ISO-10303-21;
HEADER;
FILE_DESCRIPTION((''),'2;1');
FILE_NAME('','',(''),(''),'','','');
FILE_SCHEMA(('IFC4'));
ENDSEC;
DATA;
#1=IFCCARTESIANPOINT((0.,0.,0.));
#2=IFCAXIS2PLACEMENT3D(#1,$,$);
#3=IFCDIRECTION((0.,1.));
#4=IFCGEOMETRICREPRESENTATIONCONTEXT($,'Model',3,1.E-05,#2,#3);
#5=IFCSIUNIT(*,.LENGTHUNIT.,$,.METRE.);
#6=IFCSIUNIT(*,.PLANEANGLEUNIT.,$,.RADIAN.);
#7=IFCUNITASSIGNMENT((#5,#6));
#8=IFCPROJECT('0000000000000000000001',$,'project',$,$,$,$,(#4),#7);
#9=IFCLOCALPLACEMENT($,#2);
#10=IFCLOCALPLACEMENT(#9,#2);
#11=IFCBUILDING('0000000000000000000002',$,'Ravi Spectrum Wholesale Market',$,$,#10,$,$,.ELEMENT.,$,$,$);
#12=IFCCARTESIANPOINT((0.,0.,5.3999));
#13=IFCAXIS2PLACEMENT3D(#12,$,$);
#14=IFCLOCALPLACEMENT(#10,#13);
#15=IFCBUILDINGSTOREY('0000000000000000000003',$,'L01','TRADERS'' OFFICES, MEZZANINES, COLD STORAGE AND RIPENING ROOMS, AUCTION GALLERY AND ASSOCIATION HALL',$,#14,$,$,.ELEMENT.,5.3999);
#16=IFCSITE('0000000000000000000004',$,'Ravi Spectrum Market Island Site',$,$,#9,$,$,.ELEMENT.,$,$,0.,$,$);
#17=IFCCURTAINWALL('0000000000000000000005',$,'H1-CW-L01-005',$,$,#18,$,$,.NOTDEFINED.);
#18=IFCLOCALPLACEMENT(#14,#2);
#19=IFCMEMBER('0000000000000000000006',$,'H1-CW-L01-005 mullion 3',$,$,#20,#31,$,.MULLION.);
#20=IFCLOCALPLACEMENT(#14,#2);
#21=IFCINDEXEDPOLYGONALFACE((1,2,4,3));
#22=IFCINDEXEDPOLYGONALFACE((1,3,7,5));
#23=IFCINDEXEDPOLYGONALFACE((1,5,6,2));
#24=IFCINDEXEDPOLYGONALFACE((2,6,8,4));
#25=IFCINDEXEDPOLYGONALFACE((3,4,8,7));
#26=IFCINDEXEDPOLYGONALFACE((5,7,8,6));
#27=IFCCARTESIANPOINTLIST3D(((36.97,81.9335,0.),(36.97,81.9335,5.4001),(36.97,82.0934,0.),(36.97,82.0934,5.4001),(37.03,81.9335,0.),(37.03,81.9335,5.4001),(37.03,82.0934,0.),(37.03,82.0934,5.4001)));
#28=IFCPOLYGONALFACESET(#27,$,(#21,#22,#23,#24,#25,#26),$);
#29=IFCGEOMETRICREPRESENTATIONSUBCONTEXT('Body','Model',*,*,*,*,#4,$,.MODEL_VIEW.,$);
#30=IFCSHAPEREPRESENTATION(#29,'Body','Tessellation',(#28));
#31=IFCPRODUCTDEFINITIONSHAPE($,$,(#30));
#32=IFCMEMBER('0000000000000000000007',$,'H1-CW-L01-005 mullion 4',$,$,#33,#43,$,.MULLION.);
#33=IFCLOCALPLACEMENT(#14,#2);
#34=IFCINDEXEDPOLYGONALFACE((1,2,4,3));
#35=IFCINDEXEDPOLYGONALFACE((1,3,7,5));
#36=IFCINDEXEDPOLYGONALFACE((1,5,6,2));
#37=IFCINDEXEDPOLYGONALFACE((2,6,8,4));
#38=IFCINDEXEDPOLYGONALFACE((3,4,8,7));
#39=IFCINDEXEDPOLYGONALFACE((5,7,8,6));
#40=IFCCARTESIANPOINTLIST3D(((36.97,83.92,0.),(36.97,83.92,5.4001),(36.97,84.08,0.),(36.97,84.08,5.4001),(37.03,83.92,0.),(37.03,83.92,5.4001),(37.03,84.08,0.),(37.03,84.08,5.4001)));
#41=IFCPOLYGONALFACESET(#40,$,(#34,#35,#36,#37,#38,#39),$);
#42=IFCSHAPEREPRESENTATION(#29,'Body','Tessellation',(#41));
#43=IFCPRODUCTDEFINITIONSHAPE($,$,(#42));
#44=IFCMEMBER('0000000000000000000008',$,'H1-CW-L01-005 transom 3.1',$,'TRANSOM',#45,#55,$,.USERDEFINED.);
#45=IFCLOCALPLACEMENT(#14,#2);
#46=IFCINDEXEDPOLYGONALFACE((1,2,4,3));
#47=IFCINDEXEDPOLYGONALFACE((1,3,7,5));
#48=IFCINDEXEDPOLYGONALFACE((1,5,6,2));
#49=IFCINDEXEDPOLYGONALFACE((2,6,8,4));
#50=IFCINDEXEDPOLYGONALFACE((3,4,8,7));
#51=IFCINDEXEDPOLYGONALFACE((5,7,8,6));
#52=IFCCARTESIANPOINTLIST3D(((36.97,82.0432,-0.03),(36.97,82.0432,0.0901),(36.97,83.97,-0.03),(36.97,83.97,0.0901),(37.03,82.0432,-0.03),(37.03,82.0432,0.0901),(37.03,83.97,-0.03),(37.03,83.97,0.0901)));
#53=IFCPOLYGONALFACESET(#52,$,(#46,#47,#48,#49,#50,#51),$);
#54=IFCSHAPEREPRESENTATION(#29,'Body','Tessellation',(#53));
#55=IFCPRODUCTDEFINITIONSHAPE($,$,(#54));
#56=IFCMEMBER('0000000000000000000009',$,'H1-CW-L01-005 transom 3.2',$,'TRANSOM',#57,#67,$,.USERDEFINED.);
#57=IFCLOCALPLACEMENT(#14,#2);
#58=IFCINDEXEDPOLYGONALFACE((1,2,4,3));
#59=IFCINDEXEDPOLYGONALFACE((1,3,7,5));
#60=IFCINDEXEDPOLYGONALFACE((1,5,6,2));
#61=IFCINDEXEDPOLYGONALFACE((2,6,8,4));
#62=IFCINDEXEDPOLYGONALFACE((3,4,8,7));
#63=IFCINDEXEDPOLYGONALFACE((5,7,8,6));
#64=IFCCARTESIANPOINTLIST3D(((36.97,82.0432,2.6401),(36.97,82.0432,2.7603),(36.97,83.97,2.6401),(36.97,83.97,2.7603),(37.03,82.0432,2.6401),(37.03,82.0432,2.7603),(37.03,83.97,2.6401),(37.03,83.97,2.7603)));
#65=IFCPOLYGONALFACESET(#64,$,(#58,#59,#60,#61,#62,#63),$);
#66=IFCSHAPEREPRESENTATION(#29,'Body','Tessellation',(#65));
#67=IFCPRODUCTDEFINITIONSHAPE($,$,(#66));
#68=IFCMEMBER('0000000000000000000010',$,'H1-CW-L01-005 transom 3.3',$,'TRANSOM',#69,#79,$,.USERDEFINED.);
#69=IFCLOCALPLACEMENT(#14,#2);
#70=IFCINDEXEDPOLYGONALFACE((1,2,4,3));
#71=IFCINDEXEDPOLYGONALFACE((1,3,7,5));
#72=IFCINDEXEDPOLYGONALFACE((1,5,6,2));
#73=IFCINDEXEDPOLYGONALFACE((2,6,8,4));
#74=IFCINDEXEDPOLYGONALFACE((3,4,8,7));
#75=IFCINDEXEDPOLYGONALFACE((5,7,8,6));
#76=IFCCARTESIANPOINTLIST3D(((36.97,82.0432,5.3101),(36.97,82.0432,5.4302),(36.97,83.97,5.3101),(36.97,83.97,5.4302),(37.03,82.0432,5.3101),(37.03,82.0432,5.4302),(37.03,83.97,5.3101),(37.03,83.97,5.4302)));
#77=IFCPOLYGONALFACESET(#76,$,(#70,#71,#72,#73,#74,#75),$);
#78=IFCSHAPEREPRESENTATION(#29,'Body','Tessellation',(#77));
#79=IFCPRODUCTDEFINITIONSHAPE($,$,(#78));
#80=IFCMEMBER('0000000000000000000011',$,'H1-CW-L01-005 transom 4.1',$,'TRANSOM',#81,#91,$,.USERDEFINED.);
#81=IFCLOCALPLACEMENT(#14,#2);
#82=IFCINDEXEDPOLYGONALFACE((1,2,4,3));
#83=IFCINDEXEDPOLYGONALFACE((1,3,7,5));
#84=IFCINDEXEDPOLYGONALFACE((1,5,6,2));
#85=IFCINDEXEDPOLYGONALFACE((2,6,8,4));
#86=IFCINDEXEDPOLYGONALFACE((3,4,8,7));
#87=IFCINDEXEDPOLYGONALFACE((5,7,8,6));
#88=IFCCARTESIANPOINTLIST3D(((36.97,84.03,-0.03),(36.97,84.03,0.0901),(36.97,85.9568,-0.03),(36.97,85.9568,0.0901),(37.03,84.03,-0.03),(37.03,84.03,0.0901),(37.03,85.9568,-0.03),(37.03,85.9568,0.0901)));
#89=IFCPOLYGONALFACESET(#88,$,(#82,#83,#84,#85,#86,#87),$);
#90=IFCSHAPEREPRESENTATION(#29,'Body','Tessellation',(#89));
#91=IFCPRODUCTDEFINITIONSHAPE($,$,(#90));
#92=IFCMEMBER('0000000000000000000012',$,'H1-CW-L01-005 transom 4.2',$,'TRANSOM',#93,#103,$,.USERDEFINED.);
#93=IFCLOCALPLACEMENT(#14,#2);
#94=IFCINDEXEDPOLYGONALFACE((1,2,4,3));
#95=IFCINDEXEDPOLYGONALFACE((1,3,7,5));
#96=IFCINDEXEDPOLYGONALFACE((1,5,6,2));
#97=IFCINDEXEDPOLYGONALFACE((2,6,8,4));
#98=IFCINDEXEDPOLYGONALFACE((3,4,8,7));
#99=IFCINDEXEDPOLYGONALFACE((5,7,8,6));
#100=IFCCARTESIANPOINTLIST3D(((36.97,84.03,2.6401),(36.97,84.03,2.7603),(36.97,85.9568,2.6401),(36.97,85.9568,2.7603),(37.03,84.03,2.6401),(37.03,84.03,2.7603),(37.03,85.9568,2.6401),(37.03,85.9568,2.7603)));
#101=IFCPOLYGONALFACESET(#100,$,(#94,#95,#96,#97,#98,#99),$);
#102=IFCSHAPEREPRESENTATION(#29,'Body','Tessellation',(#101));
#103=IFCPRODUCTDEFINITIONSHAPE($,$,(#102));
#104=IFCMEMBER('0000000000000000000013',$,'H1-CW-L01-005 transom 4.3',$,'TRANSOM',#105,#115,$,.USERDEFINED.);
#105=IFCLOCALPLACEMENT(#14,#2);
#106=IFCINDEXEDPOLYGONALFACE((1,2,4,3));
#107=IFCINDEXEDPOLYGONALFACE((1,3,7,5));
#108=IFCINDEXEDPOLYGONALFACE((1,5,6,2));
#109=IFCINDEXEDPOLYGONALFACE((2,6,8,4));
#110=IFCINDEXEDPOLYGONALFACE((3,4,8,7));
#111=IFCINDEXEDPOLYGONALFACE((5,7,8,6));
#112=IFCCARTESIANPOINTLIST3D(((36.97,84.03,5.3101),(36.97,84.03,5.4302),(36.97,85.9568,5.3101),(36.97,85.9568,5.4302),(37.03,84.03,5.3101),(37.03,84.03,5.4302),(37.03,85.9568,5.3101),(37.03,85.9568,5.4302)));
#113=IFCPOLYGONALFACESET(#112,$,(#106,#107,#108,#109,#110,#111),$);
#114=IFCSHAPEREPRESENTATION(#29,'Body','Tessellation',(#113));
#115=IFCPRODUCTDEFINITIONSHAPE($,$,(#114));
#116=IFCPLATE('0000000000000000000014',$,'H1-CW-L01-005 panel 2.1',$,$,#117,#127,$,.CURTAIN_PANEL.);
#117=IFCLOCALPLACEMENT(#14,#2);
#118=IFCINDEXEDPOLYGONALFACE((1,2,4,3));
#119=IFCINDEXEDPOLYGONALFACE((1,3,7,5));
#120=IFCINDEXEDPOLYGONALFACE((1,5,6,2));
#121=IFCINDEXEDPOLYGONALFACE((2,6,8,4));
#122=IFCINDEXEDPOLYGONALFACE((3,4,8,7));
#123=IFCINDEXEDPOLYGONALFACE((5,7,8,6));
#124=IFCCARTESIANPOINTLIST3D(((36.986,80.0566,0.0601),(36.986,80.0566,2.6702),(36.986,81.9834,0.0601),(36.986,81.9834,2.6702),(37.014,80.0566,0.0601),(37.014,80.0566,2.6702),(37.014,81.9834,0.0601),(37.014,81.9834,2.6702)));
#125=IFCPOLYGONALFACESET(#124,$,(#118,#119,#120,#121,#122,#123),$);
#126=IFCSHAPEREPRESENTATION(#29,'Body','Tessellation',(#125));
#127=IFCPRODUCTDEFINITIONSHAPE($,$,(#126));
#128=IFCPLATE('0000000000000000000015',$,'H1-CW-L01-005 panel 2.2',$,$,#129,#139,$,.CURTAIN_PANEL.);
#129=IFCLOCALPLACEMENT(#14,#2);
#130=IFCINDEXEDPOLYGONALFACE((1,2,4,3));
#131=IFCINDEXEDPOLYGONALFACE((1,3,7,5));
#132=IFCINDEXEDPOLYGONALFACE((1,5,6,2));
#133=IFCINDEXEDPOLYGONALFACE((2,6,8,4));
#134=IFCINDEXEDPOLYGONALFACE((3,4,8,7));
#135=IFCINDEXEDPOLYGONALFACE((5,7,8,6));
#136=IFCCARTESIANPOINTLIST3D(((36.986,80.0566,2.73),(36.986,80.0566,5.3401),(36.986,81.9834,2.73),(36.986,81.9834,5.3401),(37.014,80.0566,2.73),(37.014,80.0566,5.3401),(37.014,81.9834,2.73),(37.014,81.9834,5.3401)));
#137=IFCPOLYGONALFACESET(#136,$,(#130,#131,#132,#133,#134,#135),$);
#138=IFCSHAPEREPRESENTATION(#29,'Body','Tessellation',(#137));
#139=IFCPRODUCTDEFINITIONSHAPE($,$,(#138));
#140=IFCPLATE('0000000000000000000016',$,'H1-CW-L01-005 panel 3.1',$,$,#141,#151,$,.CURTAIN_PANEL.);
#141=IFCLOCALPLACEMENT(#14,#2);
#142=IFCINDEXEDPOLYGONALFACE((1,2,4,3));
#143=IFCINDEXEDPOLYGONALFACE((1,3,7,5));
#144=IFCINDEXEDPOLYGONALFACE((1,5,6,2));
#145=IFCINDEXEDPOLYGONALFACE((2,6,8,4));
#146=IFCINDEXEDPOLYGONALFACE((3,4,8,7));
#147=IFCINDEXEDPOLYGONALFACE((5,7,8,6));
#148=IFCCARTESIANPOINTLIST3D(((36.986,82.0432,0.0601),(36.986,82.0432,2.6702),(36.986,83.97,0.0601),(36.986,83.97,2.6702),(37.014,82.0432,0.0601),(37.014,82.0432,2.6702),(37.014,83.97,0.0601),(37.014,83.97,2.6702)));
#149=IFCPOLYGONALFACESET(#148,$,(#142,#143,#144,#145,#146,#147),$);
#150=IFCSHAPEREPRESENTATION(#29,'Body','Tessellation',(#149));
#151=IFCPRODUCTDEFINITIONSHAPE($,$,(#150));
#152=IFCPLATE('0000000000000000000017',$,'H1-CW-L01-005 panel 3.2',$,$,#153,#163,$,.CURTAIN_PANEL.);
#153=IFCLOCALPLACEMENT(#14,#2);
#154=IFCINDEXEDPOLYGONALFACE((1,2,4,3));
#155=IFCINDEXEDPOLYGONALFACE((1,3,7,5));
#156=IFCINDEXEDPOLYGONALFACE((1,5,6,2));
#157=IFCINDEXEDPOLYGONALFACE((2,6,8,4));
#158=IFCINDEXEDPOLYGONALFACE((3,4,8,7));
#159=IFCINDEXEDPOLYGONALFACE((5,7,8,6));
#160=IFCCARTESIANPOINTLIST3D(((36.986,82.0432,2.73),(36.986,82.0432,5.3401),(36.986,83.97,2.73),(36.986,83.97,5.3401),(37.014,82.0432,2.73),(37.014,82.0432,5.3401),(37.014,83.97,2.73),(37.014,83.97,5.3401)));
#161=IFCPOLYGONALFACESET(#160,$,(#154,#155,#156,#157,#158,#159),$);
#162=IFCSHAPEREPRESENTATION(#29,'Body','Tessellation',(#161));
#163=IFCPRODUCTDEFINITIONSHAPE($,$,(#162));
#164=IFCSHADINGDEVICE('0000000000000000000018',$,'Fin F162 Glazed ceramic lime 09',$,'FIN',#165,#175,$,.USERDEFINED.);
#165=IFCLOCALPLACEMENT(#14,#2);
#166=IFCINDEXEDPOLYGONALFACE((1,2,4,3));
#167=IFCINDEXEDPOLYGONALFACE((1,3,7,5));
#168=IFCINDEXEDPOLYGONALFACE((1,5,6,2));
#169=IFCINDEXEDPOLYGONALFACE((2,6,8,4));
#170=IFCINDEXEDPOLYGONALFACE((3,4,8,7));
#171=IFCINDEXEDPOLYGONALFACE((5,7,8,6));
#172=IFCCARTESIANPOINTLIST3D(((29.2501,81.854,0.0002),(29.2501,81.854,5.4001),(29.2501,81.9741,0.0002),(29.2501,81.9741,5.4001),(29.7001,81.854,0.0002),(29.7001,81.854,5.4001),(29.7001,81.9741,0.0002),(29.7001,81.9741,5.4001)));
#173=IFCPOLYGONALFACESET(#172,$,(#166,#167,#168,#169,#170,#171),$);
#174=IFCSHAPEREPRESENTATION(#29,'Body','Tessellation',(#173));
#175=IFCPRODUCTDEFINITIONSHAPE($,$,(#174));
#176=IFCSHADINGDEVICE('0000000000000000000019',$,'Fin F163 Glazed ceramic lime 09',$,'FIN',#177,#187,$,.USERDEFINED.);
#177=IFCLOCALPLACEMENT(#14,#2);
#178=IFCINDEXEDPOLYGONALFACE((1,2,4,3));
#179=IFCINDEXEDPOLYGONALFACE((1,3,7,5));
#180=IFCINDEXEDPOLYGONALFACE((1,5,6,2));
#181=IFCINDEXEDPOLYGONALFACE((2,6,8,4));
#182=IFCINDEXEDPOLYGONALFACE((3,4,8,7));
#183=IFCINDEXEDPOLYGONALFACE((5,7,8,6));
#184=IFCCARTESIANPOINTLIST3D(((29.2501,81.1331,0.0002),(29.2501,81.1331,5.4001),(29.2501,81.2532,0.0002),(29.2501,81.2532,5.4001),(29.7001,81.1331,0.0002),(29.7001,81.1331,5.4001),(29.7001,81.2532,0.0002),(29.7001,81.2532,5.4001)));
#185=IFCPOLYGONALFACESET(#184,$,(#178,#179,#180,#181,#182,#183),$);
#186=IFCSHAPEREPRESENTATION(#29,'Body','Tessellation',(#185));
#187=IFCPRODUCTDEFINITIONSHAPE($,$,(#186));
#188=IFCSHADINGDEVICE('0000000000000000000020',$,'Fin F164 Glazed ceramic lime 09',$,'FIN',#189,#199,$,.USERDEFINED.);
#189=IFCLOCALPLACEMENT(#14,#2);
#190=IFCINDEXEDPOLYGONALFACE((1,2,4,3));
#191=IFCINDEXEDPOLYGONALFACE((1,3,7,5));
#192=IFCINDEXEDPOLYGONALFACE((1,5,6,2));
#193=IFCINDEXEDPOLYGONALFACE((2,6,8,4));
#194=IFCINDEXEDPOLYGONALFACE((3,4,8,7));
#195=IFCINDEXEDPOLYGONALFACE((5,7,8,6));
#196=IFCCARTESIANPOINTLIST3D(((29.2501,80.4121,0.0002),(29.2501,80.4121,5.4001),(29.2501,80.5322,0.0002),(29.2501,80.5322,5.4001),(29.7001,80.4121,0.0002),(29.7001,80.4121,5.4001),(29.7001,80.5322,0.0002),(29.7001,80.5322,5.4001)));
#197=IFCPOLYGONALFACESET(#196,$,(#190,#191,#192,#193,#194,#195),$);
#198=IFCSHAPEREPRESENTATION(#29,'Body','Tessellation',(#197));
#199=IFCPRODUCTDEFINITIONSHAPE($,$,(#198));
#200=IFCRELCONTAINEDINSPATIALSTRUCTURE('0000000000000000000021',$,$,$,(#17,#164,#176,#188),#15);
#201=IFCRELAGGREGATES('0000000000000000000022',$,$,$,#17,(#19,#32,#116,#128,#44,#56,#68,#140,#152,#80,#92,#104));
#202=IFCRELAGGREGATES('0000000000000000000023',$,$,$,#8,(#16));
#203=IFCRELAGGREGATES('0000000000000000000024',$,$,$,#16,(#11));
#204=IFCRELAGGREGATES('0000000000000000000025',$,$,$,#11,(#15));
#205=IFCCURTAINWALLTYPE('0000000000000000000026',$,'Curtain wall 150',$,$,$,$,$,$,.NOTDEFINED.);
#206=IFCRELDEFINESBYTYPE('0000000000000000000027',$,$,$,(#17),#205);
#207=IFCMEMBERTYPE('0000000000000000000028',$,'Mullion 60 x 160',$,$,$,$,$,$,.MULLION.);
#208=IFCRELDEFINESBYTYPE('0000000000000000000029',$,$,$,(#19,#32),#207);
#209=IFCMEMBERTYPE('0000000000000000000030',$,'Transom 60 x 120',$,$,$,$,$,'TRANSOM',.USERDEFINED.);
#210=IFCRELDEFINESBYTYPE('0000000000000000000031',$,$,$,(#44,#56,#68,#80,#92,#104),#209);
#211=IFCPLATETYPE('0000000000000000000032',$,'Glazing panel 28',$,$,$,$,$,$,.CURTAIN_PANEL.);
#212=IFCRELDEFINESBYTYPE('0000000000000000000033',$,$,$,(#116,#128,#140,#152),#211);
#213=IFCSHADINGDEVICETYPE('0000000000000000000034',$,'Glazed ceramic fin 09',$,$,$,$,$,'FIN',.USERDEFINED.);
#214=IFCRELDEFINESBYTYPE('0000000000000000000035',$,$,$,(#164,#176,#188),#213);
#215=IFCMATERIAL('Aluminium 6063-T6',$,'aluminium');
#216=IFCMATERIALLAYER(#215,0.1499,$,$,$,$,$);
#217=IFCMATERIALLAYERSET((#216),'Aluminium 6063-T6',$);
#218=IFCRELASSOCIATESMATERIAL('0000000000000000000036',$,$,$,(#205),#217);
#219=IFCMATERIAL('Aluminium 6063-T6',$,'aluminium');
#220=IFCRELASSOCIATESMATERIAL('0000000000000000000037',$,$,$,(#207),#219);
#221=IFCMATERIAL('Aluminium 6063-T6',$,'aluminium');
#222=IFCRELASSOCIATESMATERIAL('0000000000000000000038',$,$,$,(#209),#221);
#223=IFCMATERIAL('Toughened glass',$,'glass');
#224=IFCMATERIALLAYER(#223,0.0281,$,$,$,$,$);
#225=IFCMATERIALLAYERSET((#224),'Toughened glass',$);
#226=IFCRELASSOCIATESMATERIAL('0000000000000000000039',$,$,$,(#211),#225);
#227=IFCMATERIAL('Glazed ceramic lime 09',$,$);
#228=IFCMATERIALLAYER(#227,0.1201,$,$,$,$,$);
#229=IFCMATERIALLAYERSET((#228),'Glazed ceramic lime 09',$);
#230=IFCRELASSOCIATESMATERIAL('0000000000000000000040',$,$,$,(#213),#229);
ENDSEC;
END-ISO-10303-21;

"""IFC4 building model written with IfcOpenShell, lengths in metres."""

from ifc_helpers import new_model, si_unit, direction, frame, origin, origin_2d, place, context, subcontext, project, spatial, rectangle, extrude, material, layer, layer_set, material_profile, profile_set, type_object, element, aggregate, save


model = new_model("IFC4")

# Units and contexts
model_context = context("Model", 3, precision=1e-05, world=origin(), true_north=direction((0.0, 1.0)))
body_context = subcontext(model_context, "Body", "Model", "MODEL_VIEW")
ifc_project = project(units=[si_unit("LENGTHUNIT", "METRE"), si_unit("PLANEANGLEUNIT", "RADIAN")], contexts=[model_context])

# Site, building, storey
site_placement = place(None, origin())
site = spatial("IfcSite", under=ifc_project, at=site_placement, Name="Ravi Spectrum Market Island Site", CompositionType="ELEMENT", RefElevation=0.0)
building_placement = place(site_placement, origin())
building = spatial("IfcBuilding", under=site, at=building_placement, Name="Ravi Spectrum Wholesale Market", CompositionType="ELEMENT")
storey_placement = place(building_placement, frame((0.0, 0.0, 5.3999)))
storey = spatial("IfcBuildingStorey", under=building, at=storey_placement, Name="L01", Description="TRADERS' OFFICES, MEZZANINES, COLD STORAGE AND RIPENING ROOMS, AUCTION GALLERY AND ASSOCIATION HALL", CompositionType="ELEMENT", Elevation=5.3999)

# Curtain wall, members, plates
ifc_material_1 = material(Name="Aluminium 6063-T6", Category="aluminium")
ifc_layer_1 = layer(ifc_material_1, 0.1499)
ifc_layer_set_1 = layer_set([ifc_layer_1], Name="Aluminium 6063-T6")
curtain_wall_type = type_object("IfcCurtainWallType", Name="Curtain wall 150", PredefinedType="NOTDEFINED", material=ifc_layer_set_1)
curtain_wall_placement = place(storey_placement, origin())
curtain_wall = element("IfcCurtainWall", 1, at=curtain_wall_placement, inside=storey, type_object=curtain_wall_type, Name="H1-CW-L01-005", PredefinedType="NOTDEFINED")
ifc_material_2 = material(Name="Aluminium 6063-T6", Category="aluminium")
ifc_material_profile_1 = material_profile(ifc_material_2, rectangle(XDim=0.0601, YDim=0.1599, at=origin_2d()))
ifc_profile_set_1 = profile_set([ifc_material_profile_1], Name="Aluminium 6063-T6")
member_type_1 = type_object("IfcMemberType", Name="Mullion 60 x 160", PredefinedType="MULLION", material=ifc_profile_set_1)
member_1_placement = place(storey_placement, frame((37.0, 82.0134, 0.0), z_axis=(0.0, 0.0, 1.0), x_axis=(-1.0, 0.0, 0.0)))
member_1 = element("IfcMember", 2, at=member_1_placement, type_object=member_type_1, Name="H1-CW-L01-005 mullion 3", PredefinedType="MULLION", context=body_context, shape_type="SweptSolid", body=[
    extrude(rectangle(XDim=0.0601, YDim=0.1599, at=origin_2d()), origin(), (0.0, 0.0, 1.0), 5.4001),
])
member_2_placement = place(storey_placement, frame((37.0, 84.0, 0.0), z_axis=(0.0, 0.0, 1.0), x_axis=(-1.0, 0.0, 0.0)))
member_2 = element("IfcMember", 3, at=member_2_placement, type_object=member_type_1, Name="H1-CW-L01-005 mullion 4", PredefinedType="MULLION", context=body_context, shape_type="SweptSolid", body=[
    extrude(rectangle(XDim=0.0601, YDim=0.1599, at=origin_2d()), origin(), (0.0, 0.0, 1.0), 5.4001),
])
ifc_material_3 = material(Name="Aluminium 6063-T6", Category="aluminium")
ifc_material_profile_2 = material_profile(ifc_material_3, rectangle(XDim=0.0601, YDim=0.1201, at=origin_2d()))
ifc_profile_set_2 = profile_set([ifc_material_profile_2], Name="Aluminium 6063-T6")
member_type_2 = type_object("IfcMemberType", Name="Transom 60 x 120", ElementType="TRANSOM", PredefinedType="USERDEFINED", material=ifc_profile_set_2)
member_3_placement = place(storey_placement, frame((37.0, 82.0432, 0.03), z_axis=(0.0, 1.0, 0.0), x_axis=(-1.0, 0.0, 0.0)))
member_3 = element("IfcMember", 4, at=member_3_placement, type_object=member_type_2, Name="H1-CW-L01-005 transom 3.1", ObjectType="TRANSOM", PredefinedType="USERDEFINED", context=body_context, shape_type="SweptSolid", body=[
    extrude(rectangle(XDim=0.0601, YDim=0.1201, at=origin_2d()), origin(), (0.0, 0.0, 1.0), 1.9268),
])
member_4_placement = place(storey_placement, frame((37.0, 82.0432, 2.7002), z_axis=(0.0, 1.0, 0.0), x_axis=(-1.0, 0.0, 0.0)))
member_4 = element("IfcMember", 5, at=member_4_placement, type_object=member_type_2, Name="H1-CW-L01-005 transom 3.2", ObjectType="TRANSOM", PredefinedType="USERDEFINED", context=body_context, shape_type="SweptSolid", body=[
    extrude(rectangle(XDim=0.0601, YDim=0.1201, at=origin_2d()), origin(), (0.0, 0.0, 1.0), 1.9268),
])
member_5_placement = place(storey_placement, frame((37.0, 82.0432, 5.3701), z_axis=(0.0, 1.0, 0.0), x_axis=(-1.0, 0.0, 0.0)))
member_5 = element("IfcMember", 6, at=member_5_placement, type_object=member_type_2, Name="H1-CW-L01-005 transom 3.3", ObjectType="TRANSOM", PredefinedType="USERDEFINED", context=body_context, shape_type="SweptSolid", body=[
    extrude(rectangle(XDim=0.0601, YDim=0.1201, at=origin_2d()), origin(), (0.0, 0.0, 1.0), 1.9268),
])
member_6_placement = place(storey_placement, frame((37.0, 84.03, 0.03), z_axis=(0.0, 1.0, 0.0), x_axis=(-1.0, 0.0, 0.0)))
member_6 = element("IfcMember", 7, at=member_6_placement, type_object=member_type_2, Name="H1-CW-L01-005 transom 4.1", ObjectType="TRANSOM", PredefinedType="USERDEFINED", context=body_context, shape_type="SweptSolid", body=[
    extrude(rectangle(XDim=0.0601, YDim=0.1201, at=origin_2d()), origin(), (0.0, 0.0, 1.0), 1.9268),
])
member_7_placement = place(storey_placement, frame((37.0, 84.03, 2.7002), z_axis=(0.0, 1.0, 0.0), x_axis=(-1.0, 0.0, 0.0)))
member_7 = element("IfcMember", 8, at=member_7_placement, type_object=member_type_2, Name="H1-CW-L01-005 transom 4.2", ObjectType="TRANSOM", PredefinedType="USERDEFINED", context=body_context, shape_type="SweptSolid", body=[
    extrude(rectangle(XDim=0.0601, YDim=0.1201, at=origin_2d()), origin(), (0.0, 0.0, 1.0), 1.9268),
])
member_8_placement = place(storey_placement, frame((37.0, 84.03, 5.3701), z_axis=(0.0, 1.0, 0.0), x_axis=(-1.0, 0.0, 0.0)))
member_8 = element("IfcMember", 9, at=member_8_placement, type_object=member_type_2, Name="H1-CW-L01-005 transom 4.3", ObjectType="TRANSOM", PredefinedType="USERDEFINED", context=body_context, shape_type="SweptSolid", body=[
    extrude(rectangle(XDim=0.0601, YDim=0.1201, at=origin_2d()), origin(), (0.0, 0.0, 1.0), 1.9268),
])
ifc_material_4 = material(Name="Toughened glass", Category="glass")
ifc_layer_2 = layer(ifc_material_4, 0.0281)
ifc_layer_set_2 = layer_set([ifc_layer_2], Name="Toughened glass")
plate_type = type_object("IfcPlateType", Name="Glazing panel 28", PredefinedType="CURTAIN_PANEL", material=ifc_layer_set_2)
plate_1_placement = place(storey_placement, frame((37.0, 81.02, 0.0601), z_axis=(0.0, 0.0, 1.0), x_axis=(0.0, 1.0, 0.0)))
plate_1 = element("IfcPlate", 10, at=plate_1_placement, type_object=plate_type, Name="H1-CW-L01-005 panel 2.1", PredefinedType="CURTAIN_PANEL", context=body_context, shape_type="SweptSolid", body=[
    extrude(rectangle(XDim=1.9268, YDim=0.0281, at=origin_2d()), origin(), (0.0, 0.0, 1.0), 2.6101),
])
plate_2_placement = place(storey_placement, frame((37.0, 81.02, 2.73), z_axis=(0.0, 0.0, 1.0), x_axis=(0.0, 1.0, 0.0)))
plate_2 = element("IfcPlate", 11, at=plate_2_placement, type_object=plate_type, Name="H1-CW-L01-005 panel 2.2", PredefinedType="CURTAIN_PANEL", context=body_context, shape_type="SweptSolid", body=[
    extrude(rectangle(XDim=1.9268, YDim=0.0281, at=origin_2d()), origin(), (0.0, 0.0, 1.0), 2.6101),
])
plate_3_placement = place(storey_placement, frame((37.0, 83.0066, 0.0601), z_axis=(0.0, 0.0, 1.0), x_axis=(0.0, 1.0, 0.0)))
plate_3 = element("IfcPlate", 12, at=plate_3_placement, type_object=plate_type, Name="H1-CW-L01-005 panel 3.1", PredefinedType="CURTAIN_PANEL", context=body_context, shape_type="SweptSolid", body=[
    extrude(rectangle(XDim=1.9268, YDim=0.0281, at=origin_2d()), origin(), (0.0, 0.0, 1.0), 2.6101),
])
plate_4_placement = place(storey_placement, frame((37.0, 83.0066, 2.73), z_axis=(0.0, 0.0, 1.0), x_axis=(0.0, 1.0, 0.0)))
plate_4 = element("IfcPlate", 13, at=plate_4_placement, type_object=plate_type, Name="H1-CW-L01-005 panel 3.2", PredefinedType="CURTAIN_PANEL", context=body_context, shape_type="SweptSolid", body=[
    extrude(rectangle(XDim=1.9268, YDim=0.0281, at=origin_2d()), origin(), (0.0, 0.0, 1.0), 2.6101),
])
aggregate(curtain_wall, [member_1, member_2, plate_1, plate_2, member_3, member_4, member_5, plate_3, plate_4, member_6, member_7, member_8])

# Shading devices
ifc_material_5 = material(Name="Glazed ceramic lime 09")
ifc_layer_3 = layer(ifc_material_5, 0.1201)
ifc_layer_set_3 = layer_set([ifc_layer_3], Name="Glazed ceramic lime 09")
shading_device_type_1 = type_object("IfcShadingDeviceType", Name="Glazed ceramic fin 09", ElementType="FIN", PredefinedType="USERDEFINED", material=ifc_layer_set_3)
for number, where, z_axis, x_axis, name in (
    (14, (29.4751, 81.9141, 0.0002), (0.0, 0.0, 1.0), (0.0, -1.0, 0.0), "Fin F162 Glazed ceramic lime 09"),
    (15, (29.4751, 81.1931, 0.0002), (0.0, 0.0, 1.0), (0.0, -1.0, 0.0), "Fin F163 Glazed ceramic lime 09"),
    (16, (29.4751, 80.4722, 0.0002), (0.0, 0.0, 1.0), (0.0, -1.0, 0.0), "Fin F164 Glazed ceramic lime 09"),
):
    element("IfcShadingDevice", number, at=place(storey_placement, frame(where, z_axis=z_axis, x_axis=x_axis)), inside=storey, type_object=shading_device_type_1, Name=name, ObjectType="FIN", PredefinedType="USERDEFINED", context=body_context, shape_type="SweptSolid", body=[
        extrude(rectangle(XDim=0.1201, YDim=0.45, at=origin_2d()), origin(), (0.0, 0.0, 1.0), 5.3999),
    ])

save(model, "model.ifc")
